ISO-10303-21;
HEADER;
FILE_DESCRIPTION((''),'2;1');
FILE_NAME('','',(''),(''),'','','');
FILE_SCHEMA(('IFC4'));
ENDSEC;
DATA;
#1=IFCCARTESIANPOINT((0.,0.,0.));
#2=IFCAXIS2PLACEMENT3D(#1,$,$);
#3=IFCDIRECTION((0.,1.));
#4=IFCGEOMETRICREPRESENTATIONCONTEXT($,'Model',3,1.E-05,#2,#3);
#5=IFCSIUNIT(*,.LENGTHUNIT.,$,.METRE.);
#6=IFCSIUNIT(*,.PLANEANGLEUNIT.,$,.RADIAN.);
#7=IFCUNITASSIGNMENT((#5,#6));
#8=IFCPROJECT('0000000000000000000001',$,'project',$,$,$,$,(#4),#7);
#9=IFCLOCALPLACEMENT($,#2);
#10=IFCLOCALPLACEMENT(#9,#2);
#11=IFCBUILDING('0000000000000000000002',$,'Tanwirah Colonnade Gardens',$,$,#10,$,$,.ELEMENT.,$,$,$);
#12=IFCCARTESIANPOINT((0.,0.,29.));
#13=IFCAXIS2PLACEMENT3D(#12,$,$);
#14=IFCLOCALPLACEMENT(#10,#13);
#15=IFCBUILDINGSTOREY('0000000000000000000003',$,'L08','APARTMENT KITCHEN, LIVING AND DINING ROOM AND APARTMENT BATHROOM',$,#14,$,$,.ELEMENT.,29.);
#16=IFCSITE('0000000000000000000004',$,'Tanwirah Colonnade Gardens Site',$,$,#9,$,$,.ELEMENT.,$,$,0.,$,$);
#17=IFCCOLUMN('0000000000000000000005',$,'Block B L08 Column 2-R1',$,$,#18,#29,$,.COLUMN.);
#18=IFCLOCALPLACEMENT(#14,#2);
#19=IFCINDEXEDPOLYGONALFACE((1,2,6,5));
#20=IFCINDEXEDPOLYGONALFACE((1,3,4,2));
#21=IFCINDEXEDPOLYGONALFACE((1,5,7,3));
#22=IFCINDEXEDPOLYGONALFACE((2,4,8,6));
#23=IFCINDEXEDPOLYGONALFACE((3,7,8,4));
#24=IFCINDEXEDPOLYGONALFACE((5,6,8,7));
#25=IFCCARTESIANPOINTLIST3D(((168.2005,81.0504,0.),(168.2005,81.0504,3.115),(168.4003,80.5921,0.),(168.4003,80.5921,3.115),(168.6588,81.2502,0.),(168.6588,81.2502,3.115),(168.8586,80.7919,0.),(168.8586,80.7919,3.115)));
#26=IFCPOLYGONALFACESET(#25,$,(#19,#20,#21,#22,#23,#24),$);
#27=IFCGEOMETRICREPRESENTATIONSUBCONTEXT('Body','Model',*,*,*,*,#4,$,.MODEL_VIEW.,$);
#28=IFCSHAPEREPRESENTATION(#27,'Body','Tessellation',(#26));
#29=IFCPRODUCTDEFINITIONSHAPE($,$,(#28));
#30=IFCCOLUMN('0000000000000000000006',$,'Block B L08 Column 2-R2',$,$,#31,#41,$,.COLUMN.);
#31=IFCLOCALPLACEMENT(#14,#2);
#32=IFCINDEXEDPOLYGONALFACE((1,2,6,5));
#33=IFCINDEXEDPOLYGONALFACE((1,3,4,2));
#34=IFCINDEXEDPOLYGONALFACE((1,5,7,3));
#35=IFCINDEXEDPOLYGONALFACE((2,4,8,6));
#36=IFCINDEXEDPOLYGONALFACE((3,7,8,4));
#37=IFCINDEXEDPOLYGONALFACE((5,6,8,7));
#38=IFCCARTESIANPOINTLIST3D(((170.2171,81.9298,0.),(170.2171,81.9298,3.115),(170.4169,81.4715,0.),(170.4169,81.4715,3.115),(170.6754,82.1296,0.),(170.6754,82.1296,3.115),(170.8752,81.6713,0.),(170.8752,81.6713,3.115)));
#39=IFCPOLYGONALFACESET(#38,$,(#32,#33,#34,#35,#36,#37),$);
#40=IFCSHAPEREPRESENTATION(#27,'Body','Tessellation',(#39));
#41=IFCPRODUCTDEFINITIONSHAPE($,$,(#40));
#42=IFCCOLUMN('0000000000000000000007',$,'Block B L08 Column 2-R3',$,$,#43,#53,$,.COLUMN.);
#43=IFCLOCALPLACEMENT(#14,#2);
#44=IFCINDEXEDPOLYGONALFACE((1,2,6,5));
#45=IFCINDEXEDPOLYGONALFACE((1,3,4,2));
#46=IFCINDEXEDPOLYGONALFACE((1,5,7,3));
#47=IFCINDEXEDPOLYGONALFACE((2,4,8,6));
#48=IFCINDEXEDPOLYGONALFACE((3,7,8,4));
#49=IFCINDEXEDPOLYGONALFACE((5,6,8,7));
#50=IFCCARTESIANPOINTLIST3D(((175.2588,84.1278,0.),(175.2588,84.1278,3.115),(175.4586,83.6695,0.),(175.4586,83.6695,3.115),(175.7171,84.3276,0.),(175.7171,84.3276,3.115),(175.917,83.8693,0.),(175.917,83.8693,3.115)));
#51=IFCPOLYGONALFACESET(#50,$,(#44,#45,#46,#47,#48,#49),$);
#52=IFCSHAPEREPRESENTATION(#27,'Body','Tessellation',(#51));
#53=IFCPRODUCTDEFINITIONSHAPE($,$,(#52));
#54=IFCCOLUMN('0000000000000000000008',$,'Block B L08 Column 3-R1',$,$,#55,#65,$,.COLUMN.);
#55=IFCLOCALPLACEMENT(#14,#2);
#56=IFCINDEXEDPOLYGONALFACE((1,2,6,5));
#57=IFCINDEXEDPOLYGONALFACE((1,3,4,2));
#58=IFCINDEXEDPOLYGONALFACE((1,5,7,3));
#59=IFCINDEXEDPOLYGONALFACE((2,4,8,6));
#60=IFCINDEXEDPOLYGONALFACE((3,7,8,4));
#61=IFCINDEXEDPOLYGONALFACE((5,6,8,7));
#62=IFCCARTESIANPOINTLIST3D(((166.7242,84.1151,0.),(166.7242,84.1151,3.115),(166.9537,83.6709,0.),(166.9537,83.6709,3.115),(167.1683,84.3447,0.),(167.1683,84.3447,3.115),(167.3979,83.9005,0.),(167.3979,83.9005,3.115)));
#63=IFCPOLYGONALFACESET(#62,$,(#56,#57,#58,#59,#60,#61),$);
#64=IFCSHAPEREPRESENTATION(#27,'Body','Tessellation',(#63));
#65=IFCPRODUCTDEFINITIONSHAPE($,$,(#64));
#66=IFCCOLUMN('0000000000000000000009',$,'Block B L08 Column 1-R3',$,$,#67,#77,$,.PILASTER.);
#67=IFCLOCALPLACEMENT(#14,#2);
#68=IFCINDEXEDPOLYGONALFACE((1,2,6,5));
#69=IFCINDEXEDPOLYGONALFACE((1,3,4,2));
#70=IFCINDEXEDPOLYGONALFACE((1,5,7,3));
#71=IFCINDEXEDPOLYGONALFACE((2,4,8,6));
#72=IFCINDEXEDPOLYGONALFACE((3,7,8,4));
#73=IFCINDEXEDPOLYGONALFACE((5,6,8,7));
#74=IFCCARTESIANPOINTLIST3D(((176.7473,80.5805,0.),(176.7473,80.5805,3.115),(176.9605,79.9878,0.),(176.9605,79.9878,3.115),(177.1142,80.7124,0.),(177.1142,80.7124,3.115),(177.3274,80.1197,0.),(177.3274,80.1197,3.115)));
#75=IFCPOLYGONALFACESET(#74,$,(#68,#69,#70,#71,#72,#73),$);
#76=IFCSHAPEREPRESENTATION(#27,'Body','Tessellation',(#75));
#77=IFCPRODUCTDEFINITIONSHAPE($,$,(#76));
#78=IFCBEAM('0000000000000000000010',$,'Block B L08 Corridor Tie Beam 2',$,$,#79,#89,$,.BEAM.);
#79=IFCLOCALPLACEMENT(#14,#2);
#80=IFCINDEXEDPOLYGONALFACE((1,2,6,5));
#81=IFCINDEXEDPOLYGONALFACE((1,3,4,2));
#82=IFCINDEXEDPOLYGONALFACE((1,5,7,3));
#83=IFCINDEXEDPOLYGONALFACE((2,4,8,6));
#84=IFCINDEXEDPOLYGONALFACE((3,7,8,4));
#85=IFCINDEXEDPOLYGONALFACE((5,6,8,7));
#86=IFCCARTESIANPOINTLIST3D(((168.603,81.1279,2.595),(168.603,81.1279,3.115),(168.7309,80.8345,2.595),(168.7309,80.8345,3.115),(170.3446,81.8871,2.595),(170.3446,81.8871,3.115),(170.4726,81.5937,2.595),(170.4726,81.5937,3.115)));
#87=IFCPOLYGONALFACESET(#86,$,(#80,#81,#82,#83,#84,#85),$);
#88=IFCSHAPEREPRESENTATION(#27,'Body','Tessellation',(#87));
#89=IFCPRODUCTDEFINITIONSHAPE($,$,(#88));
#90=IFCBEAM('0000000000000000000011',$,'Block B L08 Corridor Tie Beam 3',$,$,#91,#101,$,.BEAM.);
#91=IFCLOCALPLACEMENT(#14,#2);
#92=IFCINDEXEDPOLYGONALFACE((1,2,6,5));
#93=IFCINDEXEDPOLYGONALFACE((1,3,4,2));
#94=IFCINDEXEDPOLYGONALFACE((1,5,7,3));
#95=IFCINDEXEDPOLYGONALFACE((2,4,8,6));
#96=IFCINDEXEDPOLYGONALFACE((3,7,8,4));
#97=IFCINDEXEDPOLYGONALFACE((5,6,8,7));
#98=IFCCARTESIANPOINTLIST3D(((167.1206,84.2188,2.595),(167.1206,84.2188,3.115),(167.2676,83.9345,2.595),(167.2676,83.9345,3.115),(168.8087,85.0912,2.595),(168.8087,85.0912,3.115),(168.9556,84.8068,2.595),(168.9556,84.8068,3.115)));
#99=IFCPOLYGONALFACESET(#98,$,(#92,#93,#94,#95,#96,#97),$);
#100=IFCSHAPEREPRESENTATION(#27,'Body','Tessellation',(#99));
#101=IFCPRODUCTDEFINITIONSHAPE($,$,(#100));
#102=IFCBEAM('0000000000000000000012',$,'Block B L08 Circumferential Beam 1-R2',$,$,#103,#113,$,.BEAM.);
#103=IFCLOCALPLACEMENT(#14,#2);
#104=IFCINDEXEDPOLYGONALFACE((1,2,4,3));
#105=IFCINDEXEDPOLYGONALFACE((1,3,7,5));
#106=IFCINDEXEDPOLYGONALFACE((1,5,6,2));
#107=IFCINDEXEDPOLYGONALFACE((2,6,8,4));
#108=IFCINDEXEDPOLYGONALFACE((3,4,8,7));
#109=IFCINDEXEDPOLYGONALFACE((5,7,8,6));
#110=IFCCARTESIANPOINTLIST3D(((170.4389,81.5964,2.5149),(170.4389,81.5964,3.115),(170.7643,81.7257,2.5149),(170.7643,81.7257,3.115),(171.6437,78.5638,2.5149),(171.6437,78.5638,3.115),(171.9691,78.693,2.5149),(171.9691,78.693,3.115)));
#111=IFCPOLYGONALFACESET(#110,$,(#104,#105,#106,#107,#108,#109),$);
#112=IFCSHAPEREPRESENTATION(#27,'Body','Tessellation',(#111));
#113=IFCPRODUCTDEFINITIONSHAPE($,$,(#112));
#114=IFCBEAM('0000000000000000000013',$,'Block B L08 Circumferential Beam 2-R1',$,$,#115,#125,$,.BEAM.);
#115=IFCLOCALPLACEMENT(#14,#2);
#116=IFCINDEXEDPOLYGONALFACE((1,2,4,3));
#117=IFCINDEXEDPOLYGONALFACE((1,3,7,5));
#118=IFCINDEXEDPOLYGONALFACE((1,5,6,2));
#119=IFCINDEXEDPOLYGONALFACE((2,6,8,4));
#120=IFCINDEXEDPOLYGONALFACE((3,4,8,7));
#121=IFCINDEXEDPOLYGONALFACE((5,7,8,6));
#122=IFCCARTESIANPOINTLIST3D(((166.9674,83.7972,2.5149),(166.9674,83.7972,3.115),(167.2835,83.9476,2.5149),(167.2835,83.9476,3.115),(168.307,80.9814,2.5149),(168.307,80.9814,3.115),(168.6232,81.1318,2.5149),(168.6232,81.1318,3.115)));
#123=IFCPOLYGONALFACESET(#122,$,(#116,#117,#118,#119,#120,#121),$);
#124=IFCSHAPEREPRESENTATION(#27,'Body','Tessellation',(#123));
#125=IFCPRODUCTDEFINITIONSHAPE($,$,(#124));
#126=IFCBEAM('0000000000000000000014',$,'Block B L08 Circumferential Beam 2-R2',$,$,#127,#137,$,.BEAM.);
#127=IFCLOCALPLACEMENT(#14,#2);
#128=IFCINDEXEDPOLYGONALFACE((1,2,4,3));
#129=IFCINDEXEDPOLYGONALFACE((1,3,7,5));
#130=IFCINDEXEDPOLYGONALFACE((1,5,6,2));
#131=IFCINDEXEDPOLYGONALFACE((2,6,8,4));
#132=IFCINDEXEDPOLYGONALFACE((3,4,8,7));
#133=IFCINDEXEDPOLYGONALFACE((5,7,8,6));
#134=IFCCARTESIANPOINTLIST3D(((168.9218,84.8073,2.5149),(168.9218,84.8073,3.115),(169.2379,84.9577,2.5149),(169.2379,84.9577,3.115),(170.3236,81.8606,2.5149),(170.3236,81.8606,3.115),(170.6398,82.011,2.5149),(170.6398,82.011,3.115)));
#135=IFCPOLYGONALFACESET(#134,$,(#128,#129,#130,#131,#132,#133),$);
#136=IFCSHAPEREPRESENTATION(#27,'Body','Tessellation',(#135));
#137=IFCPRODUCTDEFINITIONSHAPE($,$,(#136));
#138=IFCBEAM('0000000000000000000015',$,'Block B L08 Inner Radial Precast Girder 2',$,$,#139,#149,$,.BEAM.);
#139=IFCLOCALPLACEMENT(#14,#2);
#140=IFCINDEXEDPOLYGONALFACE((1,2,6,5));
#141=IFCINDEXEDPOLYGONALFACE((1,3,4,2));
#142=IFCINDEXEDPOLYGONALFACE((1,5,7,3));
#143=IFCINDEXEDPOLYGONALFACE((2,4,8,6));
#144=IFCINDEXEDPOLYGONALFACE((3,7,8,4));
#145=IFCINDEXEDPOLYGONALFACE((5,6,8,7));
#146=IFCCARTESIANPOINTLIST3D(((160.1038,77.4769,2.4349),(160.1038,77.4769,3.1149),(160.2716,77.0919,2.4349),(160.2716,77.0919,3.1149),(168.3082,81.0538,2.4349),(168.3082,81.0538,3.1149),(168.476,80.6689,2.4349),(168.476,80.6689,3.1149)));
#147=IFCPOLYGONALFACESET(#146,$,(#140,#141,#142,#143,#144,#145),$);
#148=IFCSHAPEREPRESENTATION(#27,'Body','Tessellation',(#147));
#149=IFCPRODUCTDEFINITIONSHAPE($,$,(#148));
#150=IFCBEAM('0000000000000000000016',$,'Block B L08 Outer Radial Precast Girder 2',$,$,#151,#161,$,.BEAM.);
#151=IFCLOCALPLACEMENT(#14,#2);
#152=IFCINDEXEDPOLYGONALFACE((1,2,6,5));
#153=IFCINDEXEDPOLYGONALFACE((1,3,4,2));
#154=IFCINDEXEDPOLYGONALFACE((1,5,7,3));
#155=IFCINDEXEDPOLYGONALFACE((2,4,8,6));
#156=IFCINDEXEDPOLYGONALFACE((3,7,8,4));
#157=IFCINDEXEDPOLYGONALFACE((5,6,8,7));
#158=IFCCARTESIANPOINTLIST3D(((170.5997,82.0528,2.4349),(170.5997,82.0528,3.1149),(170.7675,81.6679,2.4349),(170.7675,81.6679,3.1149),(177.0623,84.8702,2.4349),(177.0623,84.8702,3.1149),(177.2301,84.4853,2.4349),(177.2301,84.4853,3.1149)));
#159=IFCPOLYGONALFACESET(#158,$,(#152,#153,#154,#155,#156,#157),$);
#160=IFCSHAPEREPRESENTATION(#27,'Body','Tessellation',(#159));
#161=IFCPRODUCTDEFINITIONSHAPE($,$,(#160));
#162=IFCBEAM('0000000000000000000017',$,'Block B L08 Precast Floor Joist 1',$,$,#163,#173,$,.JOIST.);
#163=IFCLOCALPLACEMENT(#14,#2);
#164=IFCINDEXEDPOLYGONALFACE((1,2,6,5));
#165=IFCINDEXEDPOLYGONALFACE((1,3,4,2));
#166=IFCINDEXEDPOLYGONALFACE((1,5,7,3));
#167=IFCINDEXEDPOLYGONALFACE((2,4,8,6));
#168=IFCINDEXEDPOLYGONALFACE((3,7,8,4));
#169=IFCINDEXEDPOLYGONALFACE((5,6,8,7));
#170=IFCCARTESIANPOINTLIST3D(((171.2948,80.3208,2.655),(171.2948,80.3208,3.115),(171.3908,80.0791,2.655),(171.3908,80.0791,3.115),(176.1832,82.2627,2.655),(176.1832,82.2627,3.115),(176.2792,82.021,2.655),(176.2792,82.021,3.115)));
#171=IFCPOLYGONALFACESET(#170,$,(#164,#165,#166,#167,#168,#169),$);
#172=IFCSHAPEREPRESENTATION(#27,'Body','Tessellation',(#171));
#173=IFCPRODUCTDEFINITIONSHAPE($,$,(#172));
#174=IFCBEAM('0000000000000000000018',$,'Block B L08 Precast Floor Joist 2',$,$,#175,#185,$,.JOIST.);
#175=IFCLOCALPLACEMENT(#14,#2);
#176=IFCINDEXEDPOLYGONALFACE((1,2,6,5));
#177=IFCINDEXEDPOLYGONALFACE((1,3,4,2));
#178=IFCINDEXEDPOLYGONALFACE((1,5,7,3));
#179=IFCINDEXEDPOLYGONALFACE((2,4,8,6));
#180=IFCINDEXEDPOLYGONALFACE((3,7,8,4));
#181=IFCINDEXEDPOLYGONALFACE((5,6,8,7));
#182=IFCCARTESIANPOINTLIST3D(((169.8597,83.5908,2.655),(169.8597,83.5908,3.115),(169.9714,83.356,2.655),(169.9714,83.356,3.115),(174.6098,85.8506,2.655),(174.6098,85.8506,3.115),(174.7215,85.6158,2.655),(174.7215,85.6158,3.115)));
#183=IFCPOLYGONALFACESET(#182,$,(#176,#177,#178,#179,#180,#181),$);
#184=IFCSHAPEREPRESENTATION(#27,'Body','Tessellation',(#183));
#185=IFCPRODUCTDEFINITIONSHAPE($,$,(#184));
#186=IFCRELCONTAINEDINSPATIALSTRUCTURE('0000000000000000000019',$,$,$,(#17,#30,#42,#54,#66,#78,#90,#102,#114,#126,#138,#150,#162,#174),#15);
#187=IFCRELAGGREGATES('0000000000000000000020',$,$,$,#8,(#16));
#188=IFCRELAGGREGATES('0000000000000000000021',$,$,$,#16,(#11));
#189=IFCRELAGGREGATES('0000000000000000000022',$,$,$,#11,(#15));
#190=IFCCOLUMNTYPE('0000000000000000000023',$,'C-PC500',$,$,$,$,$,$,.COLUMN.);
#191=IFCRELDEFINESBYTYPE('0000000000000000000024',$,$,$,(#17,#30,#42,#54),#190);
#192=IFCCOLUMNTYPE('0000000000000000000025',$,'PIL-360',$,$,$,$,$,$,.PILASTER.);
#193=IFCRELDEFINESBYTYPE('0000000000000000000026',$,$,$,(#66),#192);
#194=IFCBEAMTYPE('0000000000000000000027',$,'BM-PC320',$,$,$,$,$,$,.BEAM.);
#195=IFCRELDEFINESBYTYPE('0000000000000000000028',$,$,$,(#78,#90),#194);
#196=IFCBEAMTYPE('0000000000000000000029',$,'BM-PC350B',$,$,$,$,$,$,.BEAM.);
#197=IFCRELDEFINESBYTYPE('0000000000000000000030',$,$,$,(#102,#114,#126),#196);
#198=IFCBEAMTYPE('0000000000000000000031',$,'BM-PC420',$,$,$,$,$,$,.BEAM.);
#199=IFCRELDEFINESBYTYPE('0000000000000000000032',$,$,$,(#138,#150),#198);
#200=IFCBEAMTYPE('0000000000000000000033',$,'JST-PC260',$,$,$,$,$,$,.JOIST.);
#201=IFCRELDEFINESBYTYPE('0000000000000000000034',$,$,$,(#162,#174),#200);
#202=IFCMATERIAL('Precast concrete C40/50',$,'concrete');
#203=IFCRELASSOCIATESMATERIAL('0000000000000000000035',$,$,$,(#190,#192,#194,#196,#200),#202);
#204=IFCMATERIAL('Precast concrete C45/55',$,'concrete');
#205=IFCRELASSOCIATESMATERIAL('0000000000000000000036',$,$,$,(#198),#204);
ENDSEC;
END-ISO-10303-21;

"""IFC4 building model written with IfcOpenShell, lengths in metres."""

from ifc_helpers import new_model, si_unit, direction, frame, origin, origin_2d, place, context, subcontext, project, spatial, rectangle, extrude, material, material_profile, profile_set, type_object, element, save


model = new_model("IFC4")

# Units and contexts
model_context = context("Model", 3, precision=1e-05, world=origin(), true_north=direction((0.0, 1.0)))
body_context = subcontext(model_context, "Body", "Model", "MODEL_VIEW")
ifc_project = project(units=[si_unit("LENGTHUNIT", "METRE"), si_unit("PLANEANGLEUNIT", "RADIAN")], contexts=[model_context])

# Site, building, storey
site_placement = place(None, origin())
site = spatial("IfcSite", under=ifc_project, at=site_placement, Name="Tanwirah Colonnade Gardens Site", CompositionType="ELEMENT", RefElevation=0.0)
building_placement = place(site_placement, origin())
building = spatial("IfcBuilding", under=site, at=building_placement, Name="Tanwirah Colonnade Gardens", CompositionType="ELEMENT")
storey_placement = place(building_placement, frame((0.0, 0.0, 29.0)))
storey = spatial("IfcBuildingStorey", under=building, at=storey_placement, Name="L08", Description="APARTMENT KITCHEN, LIVING AND DINING ROOM AND APARTMENT BATHROOM", CompositionType="ELEMENT", Elevation=29.0)

# Columns
ifc_material_1 = material(Name="Precast concrete C40/50", Category="concrete")
ifc_material_profile_1 = material_profile(ifc_material_1, rectangle(XDim=0.5, YDim=0.5, at=origin_2d()), Name="PC-COL 500x500")
ifc_profile_set_1 = profile_set([ifc_material_profile_1], Name="Precast concrete C40/50")
column_type_1 = type_object("IfcColumnType", Name="C-PC500", PredefinedType="COLUMN", material=ifc_profile_set_1)
for number, where, z_axis, x_axis, name in (
    (1, (168.5295, 80.9211, 0.0), (0.0, 0.0, 1.0), (0.916673, 0.399638, 0.0), "Block B L08 Column 2-R1"),
    (2, (170.5461, 81.8005, 0.0), (0.0, 0.0, 1.0), (0.916673, 0.399638, 0.0), "Block B L08 Column 2-R2"),
    (3, (175.5879, 83.9985, 0.0), (0.0, 0.0, 1.0), (0.916673, 0.399638, 0.0), "Block B L08 Column 2-R3"),
    (4, (167.061, 84.0078, 0.0), (0.0, 0.0, 1.0), (0.88835, 0.459166, 0.0), "Block B L08 Column 3-R1"),
):
    element("IfcColumn", number, at=place(storey_placement, frame(where, z_axis=z_axis, x_axis=x_axis)), inside=storey, type_object=column_type_1, Name=name, PredefinedType="COLUMN", context=body_context, shape_type="SweptSolid", body=[
        extrude(rectangle(XDim=0.5, YDim=0.5, at=origin_2d()), origin(), (0.0, 0.0, 1.0), 3.115),
    ])
ifc_material_profile_2 = material_profile(ifc_material_1, rectangle(XDim=0.3899, YDim=0.6299, at=origin_2d()), Name="PC-PIL 390x630")
ifc_profile_set_2 = profile_set([ifc_material_profile_2], Name="Precast concrete C40/50")
column_type_2 = type_object("IfcColumnType", Name="PIL-360", PredefinedType="PILASTER", material=ifc_profile_set_2)
column_placement = place(storey_placement, frame((177.0374, 80.3501, 0.0), z_axis=(0.0, 0.0, 1.0), x_axis=(0.941012, 0.338373, 0.0)))
element("IfcColumn", 5, at=column_placement, inside=storey, type_object=column_type_2, Name="Block B L08 Column 1-R3", PredefinedType="PILASTER", context=body_context, shape_type="SweptSolid", body=[
    extrude(rectangle(XDim=0.3899, YDim=0.6299, at=origin_2d()), origin(), (0.0, 0.0, 1.0), 3.115),
])

# Beams
ifc_material_profile_3 = material_profile(ifc_material_1, rectangle(XDim=0.3201, YDim=0.52, at=origin_2d()), Name="PC-BM 320x520")
ifc_profile_set_3 = profile_set([ifc_material_profile_3], Name="Precast concrete C40/50")
beam_type_1 = type_object("IfcBeamType", Name="BM-PC320", PredefinedType="BEAM", material=ifc_profile_set_3)
beam_1_placement = place(storey_placement, frame((168.667, 80.9812, 2.855), z_axis=(0.916681, 0.399619, 0.0), x_axis=(-0.399619, 0.916681, 0.0)))
element("IfcBeam", 6, at=beam_1_placement, inside=storey, type_object=beam_type_1, Name="Block B L08 Corridor Tie Beam 2", PredefinedType="BEAM", context=body_context, shape_type="SweptSolid", body=[
    extrude(rectangle(XDim=0.3201, YDim=0.52, at=origin_2d()), origin(), (0.0, 0.0, 1.0), 1.8999),
])
beam_2_placement = place(storey_placement, frame((167.1941, 84.0767, 2.855), z_axis=(0.888386, 0.459098, 0.0), x_axis=(-0.459098, 0.888386, 0.0)))
element("IfcBeam", 7, at=beam_2_placement, inside=storey, type_object=beam_type_1, Name="Block B L08 Corridor Tie Beam 3", PredefinedType="BEAM", context=body_context, shape_type="SweptSolid", body=[
    extrude(rectangle(XDim=0.3201, YDim=0.52, at=origin_2d()), origin(), (0.0, 0.0, 1.0), 1.9001),
])
ifc_material_profile_4 = material_profile(ifc_material_1, rectangle(XDim=0.3501, YDim=0.6001, at=origin_2d()), Name="PC-BM 350x600")
ifc_profile_set_4 = profile_set([ifc_material_profile_4], Name="Precast concrete C40/50")
beam_type_2 = type_object("IfcBeamType", Name="BM-PC350B", PredefinedType="BEAM", material=ifc_profile_set_4)
beam_3_placement = place(storey_placement, frame((171.8064, 78.6284, 2.8149), z_axis=(-0.36921, 0.929346, 0.0), x_axis=(-0.929346, -0.36921, 0.0)))
element("IfcBeam", 8, at=beam_3_placement, inside=storey, type_object=beam_type_2, Name="Block B L08 Circumferential Beam 1-R2", PredefinedType="BEAM", context=body_context, shape_type="SweptSolid", body=[
    extrude(rectangle(XDim=0.3501, YDim=0.6001, at=origin_2d()), origin(), (0.0, 0.0, 1.0), 3.2632),
])
beam_4_placement = place(storey_placement, frame((168.4651, 81.0566, 2.8149), z_axis=(-0.429621, 0.90301, 0.0), x_axis=(-0.90301, -0.429621, 0.0)))
element("IfcBeam", 9, at=beam_4_placement, inside=storey, type_object=beam_type_2, Name="Block B L08 Circumferential Beam 2-R1", PredefinedType="BEAM", context=body_context, shape_type="SweptSolid", body=[
    extrude(rectangle(XDim=0.3501, YDim=0.6001, at=origin_2d()), origin(), (0.0, 0.0, 1.0), 3.1182),
])
beam_5_placement = place(storey_placement, frame((170.4817, 81.9358, 2.8149), z_axis=(-0.429591, 0.903024, 0.0), x_axis=(-0.903024, -0.429591, 0.0)))
element("IfcBeam", 10, at=beam_5_placement, inside=storey, type_object=beam_type_2, Name="Block B L08 Circumferential Beam 2-R2", PredefinedType="BEAM", context=body_context, shape_type="SweptSolid", body=[
    extrude(rectangle(XDim=0.3501, YDim=0.6001, at=origin_2d()), origin(), (0.0, 0.0, 1.0), 3.2632),
])
ifc_material_2 = material(Name="Precast concrete C45/55", Category="concrete")
ifc_material_profile_5 = material_profile(ifc_material_2, rectangle(XDim=0.4199, YDim=0.6799, at=origin_2d()), Name="PC-BM 420x680")
ifc_profile_set_5 = profile_set([ifc_material_profile_5], Name="Precast concrete C45/55")
beam_type_3 = type_object("IfcBeamType", Name="BM-PC420", PredefinedType="BEAM", material=ifc_profile_set_5)
beam_6_placement = place(storey_placement, frame((168.3921, 80.8613, 2.7749), z_axis=(-0.916669, -0.399647, 0.0), x_axis=(0.399647, -0.916669, 0.0)))
element("IfcBeam", 11, at=beam_6_placement, inside=storey, type_object=beam_type_3, Name="Block B L08 Inner Radial Precast Girder 2", PredefinedType="BEAM", context=body_context, shape_type="SweptSolid", body=[
    extrude(rectangle(XDim=0.4199, YDim=0.6799, at=origin_2d()), origin(), (0.0, 0.0, 1.0), 8.9502),
])
beam_7_placement = place(storey_placement, frame((170.6836, 81.8604, 2.7749), z_axis=(0.916679, 0.399625, 0.0), x_axis=(-0.399625, 0.916679, 0.0)))
element("IfcBeam", 12, at=beam_7_placement, inside=storey, type_object=beam_type_3, Name="Block B L08 Outer Radial Precast Girder 2", PredefinedType="BEAM", context=body_context, shape_type="SweptSolid", body=[
    extrude(rectangle(XDim=0.4199, YDim=0.6799, at=origin_2d()), origin(), (0.0, 0.0, 1.0), 7.05),
])
ifc_material_profile_6 = material_profile(ifc_material_1, rectangle(XDim=0.26, YDim=0.46, at=origin_2d()), Name="PC-JST 260x460")
ifc_profile_set_6 = profile_set([ifc_material_profile_6], Name="Precast concrete C40/50")
beam_type_4 = type_object("IfcBeamType", Name="JST-PC260", PredefinedType="JOIST", material=ifc_profile_set_6)
beam_8_placement = place(storey_placement, frame((171.3428, 80.2, 2.885), z_axis=(0.929358, 0.369181, 0.0), x_axis=(-0.369181, 0.929358, 0.0)))
element("IfcBeam", 13, at=beam_8_placement, inside=storey, type_object=beam_type_4, Name="Block B L08 Precast Floor Joist 1", PredefinedType="JOIST", context=body_context, shape_type="SweptSolid", body=[
    extrude(rectangle(XDim=0.26, YDim=0.46, at=origin_2d()), origin(), (0.0, 0.0, 1.0), 5.26),
])
beam_9_placement = place(storey_placement, frame((169.9155, 83.4734, 2.885), z_axis=(0.903018, 0.429602, 0.0), x_axis=(-0.429602, 0.903018, 0.0)))
element("IfcBeam", 14, at=beam_9_placement, inside=storey, type_object=beam_type_4, Name="Block B L08 Precast Floor Joist 2", PredefinedType="JOIST", context=body_context, shape_type="SweptSolid", body=[
    extrude(rectangle(XDim=0.26, YDim=0.46, at=origin_2d()), origin(), (0.0, 0.0, 1.0), 5.2603),
])

save(model, "model.ifc")
